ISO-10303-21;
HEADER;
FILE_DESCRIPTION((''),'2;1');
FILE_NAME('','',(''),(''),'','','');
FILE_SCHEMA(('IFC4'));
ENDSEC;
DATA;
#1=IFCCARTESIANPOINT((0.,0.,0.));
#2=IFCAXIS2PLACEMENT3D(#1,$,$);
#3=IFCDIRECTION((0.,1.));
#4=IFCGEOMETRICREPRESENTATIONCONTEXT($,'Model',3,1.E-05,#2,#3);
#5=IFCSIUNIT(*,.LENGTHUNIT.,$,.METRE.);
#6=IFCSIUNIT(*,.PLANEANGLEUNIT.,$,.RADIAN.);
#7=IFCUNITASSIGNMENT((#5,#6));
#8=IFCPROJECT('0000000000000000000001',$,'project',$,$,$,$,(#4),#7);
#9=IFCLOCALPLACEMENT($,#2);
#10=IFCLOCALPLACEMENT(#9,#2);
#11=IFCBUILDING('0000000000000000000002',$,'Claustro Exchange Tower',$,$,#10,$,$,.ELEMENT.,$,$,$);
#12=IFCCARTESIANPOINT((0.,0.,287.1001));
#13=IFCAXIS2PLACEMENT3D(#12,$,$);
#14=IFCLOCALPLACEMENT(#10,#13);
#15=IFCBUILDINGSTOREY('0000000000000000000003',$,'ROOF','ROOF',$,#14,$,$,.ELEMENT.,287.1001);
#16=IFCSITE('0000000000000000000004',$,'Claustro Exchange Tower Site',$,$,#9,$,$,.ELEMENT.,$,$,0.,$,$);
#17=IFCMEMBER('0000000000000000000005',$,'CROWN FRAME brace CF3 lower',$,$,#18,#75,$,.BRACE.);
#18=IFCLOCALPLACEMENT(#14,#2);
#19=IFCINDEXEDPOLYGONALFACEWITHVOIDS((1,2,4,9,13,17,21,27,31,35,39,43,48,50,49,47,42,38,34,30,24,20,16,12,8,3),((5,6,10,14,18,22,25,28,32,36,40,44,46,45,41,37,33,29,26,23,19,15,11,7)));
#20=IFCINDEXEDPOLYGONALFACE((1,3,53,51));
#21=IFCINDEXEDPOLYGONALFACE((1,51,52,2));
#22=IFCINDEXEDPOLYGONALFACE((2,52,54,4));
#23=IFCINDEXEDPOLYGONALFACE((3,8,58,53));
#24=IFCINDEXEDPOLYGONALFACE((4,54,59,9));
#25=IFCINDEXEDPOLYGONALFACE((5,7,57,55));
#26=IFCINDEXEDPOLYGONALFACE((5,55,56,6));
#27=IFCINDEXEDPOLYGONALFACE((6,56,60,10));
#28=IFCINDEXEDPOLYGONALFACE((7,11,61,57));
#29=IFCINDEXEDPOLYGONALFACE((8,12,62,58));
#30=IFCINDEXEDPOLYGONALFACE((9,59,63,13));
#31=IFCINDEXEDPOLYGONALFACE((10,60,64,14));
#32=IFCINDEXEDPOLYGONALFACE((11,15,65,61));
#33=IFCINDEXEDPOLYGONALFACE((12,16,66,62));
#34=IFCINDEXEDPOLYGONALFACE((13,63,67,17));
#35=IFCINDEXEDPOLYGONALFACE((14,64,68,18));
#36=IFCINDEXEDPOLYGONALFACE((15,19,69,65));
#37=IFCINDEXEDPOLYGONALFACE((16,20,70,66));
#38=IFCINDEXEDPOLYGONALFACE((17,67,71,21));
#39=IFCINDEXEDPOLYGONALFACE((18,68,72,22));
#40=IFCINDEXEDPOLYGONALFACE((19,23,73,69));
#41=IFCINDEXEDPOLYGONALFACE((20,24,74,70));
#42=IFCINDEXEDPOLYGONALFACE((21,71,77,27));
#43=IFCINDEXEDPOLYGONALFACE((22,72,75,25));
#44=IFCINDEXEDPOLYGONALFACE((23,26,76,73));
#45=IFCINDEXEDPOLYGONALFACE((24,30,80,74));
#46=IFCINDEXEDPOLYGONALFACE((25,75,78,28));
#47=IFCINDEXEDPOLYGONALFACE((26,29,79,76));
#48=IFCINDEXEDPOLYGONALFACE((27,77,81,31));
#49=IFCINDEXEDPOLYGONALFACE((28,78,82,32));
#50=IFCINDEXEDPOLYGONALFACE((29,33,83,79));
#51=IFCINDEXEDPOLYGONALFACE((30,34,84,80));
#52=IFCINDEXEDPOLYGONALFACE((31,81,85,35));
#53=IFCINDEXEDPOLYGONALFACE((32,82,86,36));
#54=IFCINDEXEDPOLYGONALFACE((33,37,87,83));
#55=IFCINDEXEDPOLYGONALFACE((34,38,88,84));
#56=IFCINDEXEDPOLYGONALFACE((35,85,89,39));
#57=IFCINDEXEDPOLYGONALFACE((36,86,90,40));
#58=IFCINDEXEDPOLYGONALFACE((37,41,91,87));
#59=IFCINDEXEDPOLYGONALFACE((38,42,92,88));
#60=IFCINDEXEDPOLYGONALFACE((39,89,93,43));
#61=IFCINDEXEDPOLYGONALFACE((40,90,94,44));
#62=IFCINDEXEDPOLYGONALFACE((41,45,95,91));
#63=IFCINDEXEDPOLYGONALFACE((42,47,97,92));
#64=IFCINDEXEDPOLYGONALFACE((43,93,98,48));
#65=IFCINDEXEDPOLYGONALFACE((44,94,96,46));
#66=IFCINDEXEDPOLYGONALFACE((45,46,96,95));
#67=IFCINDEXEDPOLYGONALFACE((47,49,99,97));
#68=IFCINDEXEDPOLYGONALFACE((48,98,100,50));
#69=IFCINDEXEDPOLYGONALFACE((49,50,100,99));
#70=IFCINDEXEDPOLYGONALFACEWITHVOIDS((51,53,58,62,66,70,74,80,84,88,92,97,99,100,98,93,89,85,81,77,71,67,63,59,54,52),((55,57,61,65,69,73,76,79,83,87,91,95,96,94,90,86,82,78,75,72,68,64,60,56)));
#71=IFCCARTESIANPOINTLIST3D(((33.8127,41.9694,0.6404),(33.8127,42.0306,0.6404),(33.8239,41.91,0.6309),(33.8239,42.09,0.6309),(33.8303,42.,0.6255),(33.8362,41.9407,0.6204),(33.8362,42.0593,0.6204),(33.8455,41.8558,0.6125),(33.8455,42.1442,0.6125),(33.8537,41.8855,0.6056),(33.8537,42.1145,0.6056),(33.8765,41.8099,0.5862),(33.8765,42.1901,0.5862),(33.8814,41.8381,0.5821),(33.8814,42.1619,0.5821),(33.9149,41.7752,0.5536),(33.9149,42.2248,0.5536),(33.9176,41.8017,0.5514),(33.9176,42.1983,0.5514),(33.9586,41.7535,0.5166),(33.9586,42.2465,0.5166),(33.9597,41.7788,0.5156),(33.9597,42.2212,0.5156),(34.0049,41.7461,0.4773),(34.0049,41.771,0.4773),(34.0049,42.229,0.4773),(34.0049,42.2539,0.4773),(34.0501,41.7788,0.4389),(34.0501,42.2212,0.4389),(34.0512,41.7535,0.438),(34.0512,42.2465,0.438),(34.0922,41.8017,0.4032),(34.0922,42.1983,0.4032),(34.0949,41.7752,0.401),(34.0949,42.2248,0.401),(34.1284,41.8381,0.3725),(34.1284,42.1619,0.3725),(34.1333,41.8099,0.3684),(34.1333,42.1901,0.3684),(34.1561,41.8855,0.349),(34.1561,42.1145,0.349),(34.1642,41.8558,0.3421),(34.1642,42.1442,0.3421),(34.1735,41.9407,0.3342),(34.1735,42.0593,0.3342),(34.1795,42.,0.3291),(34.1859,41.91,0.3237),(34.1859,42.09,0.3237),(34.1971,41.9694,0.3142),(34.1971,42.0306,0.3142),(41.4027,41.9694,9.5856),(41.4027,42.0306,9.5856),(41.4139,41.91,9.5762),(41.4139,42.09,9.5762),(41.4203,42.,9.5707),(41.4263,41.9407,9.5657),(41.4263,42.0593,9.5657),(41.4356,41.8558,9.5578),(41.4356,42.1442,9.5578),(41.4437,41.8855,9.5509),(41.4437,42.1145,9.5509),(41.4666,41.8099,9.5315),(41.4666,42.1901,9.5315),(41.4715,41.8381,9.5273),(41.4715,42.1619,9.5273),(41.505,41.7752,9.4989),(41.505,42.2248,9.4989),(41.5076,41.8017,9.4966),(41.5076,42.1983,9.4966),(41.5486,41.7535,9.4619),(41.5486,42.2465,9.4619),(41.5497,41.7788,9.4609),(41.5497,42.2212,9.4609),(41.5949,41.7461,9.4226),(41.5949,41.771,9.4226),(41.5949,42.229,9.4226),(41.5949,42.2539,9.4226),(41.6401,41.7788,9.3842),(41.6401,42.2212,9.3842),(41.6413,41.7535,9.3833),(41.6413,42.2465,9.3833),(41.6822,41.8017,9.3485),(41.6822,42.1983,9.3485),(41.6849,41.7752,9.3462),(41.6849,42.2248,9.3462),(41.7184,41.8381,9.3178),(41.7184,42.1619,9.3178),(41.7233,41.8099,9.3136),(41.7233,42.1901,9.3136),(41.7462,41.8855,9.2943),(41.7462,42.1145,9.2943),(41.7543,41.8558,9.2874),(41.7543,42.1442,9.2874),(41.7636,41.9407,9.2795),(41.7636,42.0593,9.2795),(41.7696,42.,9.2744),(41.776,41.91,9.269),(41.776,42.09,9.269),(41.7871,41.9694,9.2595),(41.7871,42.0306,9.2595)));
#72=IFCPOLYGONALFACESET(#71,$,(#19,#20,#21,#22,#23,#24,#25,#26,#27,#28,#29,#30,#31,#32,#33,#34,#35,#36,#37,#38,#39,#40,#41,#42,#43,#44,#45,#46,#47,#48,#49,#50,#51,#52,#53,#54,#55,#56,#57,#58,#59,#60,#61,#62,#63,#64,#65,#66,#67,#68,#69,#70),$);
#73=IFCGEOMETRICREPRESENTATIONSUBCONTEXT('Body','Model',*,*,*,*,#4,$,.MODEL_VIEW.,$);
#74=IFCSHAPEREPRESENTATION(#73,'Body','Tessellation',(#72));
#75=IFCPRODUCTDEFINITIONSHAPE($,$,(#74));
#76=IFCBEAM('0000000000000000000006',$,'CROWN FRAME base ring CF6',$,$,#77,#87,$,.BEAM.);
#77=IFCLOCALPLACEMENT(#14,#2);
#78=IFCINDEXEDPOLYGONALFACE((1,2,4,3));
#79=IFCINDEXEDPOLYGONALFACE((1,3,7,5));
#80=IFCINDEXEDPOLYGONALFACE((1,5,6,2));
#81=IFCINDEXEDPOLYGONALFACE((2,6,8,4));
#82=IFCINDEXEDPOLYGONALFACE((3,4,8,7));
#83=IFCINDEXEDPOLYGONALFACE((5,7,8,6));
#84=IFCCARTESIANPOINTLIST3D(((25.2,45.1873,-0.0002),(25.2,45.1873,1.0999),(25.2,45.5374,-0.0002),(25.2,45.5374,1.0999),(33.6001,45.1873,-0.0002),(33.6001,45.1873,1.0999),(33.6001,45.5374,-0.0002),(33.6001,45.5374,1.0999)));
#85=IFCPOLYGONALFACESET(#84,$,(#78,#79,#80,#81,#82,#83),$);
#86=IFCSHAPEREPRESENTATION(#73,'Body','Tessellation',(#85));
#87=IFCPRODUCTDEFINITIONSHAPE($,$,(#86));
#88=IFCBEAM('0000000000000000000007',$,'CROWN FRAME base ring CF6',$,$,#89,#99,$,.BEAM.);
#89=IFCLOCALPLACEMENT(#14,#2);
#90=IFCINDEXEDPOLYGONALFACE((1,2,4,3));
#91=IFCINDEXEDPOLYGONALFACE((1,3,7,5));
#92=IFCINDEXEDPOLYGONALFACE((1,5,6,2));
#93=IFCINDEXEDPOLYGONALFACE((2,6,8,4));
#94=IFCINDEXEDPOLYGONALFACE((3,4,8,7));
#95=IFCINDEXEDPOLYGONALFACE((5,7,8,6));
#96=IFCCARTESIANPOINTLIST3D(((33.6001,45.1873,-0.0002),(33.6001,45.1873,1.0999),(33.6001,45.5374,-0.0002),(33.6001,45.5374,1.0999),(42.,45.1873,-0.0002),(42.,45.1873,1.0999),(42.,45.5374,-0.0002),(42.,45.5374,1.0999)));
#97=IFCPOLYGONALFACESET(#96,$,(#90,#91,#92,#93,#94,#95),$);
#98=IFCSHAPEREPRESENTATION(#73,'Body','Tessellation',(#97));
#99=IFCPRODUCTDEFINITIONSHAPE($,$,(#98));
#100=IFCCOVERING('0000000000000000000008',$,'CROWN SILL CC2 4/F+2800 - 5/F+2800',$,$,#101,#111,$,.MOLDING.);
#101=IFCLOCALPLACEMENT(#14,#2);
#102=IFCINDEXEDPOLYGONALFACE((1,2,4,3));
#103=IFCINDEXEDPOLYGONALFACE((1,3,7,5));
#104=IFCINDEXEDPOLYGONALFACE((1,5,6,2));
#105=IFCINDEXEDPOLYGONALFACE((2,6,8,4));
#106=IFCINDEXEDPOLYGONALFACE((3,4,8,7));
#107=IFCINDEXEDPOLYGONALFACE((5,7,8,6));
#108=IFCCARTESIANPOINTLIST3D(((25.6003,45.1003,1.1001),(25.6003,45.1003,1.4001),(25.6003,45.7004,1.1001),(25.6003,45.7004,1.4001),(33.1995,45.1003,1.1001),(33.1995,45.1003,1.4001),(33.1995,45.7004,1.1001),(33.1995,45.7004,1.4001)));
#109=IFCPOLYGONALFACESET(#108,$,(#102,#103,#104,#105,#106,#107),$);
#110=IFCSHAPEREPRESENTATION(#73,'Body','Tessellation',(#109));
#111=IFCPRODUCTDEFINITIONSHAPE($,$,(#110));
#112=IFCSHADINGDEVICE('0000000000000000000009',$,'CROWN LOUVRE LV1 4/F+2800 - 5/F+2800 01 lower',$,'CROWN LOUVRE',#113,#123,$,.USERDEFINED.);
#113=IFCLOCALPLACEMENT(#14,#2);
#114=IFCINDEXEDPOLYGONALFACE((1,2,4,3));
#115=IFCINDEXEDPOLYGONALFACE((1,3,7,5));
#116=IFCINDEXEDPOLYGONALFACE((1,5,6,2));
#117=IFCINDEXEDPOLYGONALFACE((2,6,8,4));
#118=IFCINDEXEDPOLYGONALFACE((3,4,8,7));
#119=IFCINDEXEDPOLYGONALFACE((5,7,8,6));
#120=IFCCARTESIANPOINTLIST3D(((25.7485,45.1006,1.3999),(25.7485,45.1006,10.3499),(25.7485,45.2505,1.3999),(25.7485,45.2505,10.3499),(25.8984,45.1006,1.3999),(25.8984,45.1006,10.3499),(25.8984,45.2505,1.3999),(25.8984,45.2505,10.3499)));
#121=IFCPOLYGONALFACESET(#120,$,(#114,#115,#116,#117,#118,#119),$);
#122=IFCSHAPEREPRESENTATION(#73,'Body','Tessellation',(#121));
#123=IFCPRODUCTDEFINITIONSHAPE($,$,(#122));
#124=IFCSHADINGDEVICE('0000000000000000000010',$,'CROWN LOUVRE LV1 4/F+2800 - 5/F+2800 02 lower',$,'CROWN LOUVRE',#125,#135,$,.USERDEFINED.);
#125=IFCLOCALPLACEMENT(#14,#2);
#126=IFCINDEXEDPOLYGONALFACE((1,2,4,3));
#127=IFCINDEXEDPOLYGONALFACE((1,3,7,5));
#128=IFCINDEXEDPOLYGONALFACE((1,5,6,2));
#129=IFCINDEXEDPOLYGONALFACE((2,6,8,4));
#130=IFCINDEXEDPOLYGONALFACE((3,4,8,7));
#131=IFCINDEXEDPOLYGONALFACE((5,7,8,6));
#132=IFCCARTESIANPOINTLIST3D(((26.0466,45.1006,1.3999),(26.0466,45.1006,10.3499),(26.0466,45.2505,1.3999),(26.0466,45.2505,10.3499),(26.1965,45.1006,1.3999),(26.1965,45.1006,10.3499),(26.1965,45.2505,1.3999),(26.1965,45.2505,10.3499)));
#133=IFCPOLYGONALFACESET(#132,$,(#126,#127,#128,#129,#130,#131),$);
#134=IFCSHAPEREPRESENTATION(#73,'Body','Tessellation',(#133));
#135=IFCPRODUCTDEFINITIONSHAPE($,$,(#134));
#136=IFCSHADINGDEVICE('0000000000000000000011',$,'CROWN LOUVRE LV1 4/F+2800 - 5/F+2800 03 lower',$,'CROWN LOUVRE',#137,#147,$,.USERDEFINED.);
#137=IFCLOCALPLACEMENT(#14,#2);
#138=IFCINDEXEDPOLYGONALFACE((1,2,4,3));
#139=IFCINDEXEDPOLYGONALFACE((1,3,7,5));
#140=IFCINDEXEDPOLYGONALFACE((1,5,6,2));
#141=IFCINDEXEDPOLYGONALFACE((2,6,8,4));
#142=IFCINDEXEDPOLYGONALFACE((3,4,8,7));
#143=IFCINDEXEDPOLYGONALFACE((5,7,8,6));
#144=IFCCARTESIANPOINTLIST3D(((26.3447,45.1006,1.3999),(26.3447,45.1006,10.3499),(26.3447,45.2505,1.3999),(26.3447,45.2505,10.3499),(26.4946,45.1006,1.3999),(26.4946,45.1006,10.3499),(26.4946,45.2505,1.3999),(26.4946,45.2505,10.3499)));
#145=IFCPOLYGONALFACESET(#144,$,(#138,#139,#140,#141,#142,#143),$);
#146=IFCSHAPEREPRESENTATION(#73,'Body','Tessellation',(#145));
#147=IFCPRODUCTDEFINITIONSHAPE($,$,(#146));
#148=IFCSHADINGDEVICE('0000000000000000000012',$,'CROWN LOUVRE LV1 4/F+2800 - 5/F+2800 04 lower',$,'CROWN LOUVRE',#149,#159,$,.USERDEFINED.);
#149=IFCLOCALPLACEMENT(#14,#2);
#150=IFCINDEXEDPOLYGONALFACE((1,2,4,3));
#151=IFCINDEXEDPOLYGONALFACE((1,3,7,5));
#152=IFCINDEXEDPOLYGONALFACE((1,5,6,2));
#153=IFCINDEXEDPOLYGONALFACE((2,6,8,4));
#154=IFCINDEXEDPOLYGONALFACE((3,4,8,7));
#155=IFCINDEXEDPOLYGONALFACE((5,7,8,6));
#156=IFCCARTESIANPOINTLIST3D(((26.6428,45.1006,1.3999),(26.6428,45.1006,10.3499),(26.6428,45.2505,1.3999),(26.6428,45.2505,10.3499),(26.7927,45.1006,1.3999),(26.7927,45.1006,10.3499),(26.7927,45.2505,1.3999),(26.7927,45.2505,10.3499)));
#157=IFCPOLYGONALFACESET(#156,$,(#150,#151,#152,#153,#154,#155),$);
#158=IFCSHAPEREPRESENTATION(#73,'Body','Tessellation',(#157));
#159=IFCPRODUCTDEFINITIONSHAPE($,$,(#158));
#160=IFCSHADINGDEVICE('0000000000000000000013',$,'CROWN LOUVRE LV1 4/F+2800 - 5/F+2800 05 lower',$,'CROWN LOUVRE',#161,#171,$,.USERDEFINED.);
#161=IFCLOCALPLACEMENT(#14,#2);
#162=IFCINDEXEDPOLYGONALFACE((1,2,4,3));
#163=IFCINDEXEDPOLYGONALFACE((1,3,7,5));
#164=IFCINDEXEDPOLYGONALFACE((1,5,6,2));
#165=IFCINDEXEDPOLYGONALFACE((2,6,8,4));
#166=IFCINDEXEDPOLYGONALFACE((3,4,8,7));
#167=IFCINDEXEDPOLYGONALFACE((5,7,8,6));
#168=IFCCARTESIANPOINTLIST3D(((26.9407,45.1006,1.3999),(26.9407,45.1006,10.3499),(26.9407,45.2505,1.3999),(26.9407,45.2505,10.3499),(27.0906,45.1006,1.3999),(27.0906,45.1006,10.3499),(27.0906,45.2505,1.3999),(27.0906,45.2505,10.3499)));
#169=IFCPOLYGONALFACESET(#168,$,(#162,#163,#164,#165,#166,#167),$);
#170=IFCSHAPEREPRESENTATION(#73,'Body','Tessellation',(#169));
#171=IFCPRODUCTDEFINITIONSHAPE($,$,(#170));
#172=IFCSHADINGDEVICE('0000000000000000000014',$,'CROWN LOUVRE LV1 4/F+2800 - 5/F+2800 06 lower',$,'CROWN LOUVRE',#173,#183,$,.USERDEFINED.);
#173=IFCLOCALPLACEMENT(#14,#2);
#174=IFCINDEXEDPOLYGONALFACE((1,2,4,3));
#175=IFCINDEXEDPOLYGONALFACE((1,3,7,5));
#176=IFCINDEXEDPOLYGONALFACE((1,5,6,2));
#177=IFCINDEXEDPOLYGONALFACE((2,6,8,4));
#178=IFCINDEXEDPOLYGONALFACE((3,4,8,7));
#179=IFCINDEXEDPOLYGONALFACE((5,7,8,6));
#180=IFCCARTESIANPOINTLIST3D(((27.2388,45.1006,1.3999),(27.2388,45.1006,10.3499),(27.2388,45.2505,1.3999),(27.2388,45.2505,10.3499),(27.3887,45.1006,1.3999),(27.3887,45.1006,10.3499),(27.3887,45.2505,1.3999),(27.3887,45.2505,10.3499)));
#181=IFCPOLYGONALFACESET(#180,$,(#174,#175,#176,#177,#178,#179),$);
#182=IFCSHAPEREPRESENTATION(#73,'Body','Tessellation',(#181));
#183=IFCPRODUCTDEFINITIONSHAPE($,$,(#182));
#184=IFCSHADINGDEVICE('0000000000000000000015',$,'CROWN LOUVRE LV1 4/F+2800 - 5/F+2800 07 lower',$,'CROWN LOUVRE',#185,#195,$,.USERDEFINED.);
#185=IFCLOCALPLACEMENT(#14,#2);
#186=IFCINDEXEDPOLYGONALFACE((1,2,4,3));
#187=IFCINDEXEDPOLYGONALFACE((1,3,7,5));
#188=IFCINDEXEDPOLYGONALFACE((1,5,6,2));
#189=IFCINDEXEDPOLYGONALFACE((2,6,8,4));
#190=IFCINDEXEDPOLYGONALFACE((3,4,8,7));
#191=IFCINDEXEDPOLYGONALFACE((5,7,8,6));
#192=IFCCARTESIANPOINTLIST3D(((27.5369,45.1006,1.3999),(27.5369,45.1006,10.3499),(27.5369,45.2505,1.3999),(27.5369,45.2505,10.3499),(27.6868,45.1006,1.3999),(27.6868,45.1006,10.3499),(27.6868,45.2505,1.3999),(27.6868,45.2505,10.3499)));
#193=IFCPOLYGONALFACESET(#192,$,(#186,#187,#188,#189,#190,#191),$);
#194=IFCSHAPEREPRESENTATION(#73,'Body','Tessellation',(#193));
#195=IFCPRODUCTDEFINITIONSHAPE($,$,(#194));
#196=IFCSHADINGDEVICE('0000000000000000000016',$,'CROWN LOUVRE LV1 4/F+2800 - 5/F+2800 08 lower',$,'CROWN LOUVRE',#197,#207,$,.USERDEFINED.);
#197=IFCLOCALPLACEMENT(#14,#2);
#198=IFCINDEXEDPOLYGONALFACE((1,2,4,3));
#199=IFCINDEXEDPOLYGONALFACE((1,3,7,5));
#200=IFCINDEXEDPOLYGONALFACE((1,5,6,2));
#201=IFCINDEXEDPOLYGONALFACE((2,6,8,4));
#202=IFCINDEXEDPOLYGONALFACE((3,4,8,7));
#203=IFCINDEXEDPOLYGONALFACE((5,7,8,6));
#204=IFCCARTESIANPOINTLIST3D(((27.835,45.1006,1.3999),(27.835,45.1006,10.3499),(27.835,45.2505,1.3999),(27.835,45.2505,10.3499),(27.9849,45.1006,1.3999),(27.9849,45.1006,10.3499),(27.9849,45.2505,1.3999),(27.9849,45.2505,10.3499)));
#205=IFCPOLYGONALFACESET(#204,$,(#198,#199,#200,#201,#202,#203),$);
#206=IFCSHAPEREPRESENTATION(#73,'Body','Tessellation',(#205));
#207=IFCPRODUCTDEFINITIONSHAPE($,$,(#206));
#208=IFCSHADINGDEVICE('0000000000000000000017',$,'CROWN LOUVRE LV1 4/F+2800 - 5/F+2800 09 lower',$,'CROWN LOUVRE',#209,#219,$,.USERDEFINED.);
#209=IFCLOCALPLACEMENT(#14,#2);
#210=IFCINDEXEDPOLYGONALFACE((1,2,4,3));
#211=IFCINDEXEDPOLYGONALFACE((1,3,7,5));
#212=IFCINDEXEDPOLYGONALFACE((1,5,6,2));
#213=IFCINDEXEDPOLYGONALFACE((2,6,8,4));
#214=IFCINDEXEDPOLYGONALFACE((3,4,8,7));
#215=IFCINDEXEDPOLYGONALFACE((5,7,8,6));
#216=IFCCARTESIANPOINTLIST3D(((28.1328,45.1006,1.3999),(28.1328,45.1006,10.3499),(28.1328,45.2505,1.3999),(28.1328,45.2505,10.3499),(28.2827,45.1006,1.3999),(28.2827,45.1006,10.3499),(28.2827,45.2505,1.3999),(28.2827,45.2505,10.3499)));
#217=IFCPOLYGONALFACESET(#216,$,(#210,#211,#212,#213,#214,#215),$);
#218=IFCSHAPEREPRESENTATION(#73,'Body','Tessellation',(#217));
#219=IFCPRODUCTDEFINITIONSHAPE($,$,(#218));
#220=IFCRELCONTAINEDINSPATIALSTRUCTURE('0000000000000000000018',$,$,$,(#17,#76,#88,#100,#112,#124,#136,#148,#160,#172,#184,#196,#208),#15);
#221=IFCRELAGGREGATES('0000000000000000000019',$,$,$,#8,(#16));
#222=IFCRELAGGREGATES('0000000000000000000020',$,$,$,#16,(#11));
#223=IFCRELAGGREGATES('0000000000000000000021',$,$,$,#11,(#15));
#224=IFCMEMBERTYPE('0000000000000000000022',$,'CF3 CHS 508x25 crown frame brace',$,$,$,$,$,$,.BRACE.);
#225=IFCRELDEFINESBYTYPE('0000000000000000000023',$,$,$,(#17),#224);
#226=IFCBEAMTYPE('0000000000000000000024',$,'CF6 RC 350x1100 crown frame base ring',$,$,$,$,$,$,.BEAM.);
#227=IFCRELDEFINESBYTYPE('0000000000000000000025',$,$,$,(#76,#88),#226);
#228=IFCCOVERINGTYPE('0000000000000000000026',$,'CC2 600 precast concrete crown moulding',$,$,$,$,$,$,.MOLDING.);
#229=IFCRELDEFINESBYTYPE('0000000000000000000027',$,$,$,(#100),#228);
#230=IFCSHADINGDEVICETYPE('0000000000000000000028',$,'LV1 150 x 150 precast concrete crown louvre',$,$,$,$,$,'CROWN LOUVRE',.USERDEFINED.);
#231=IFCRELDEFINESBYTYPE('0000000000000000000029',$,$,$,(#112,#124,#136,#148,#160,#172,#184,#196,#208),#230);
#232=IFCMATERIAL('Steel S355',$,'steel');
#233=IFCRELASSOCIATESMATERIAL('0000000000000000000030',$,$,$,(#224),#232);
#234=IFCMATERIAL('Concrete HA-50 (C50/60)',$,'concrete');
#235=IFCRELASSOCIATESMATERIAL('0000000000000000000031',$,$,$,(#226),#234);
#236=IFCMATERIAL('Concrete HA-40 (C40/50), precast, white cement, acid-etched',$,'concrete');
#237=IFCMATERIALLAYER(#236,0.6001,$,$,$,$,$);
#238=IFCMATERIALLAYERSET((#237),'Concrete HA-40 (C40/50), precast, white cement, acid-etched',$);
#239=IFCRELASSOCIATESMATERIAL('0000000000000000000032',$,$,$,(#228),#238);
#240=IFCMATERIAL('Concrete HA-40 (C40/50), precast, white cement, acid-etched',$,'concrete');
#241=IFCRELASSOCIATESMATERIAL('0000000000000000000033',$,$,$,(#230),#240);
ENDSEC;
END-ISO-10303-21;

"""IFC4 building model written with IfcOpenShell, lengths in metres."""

from ifc_helpers import new_model, si_unit, direction, frame, origin, origin_2d, place, context, subcontext, project, spatial, rectangle, hollow_circle, extrude, material, layer, layer_set, material_profile, profile_set, type_object, element, save


model = new_model("IFC4")

# Units and contexts
model_context = context("Model", 3, precision=1e-05, world=origin(), true_north=direction((0.0, 1.0)))
body_context = subcontext(model_context, "Body", "Model", "MODEL_VIEW")
ifc_project = project(units=[si_unit("LENGTHUNIT", "METRE"), si_unit("PLANEANGLEUNIT", "RADIAN")], contexts=[model_context])

# Site, building, storey
site_placement = place(None, origin())
site = spatial("IfcSite", under=ifc_project, at=site_placement, Name="Claustro Exchange Tower Site", CompositionType="ELEMENT", RefElevation=0.0)
building_placement = place(site_placement, origin())
building = spatial("IfcBuilding", under=site, at=building_placement, Name="Claustro Exchange Tower", CompositionType="ELEMENT")
storey_placement = place(building_placement, frame((0.0, 0.0, 287.1001)))
storey = spatial("IfcBuildingStorey", under=building, at=storey_placement, Name="ROOF", Description="ROOF", CompositionType="ELEMENT", Elevation=287.1001)

# Member
ifc_material_1 = material(Name="Steel S355", Category="steel")
ifc_material_profile_1 = material_profile(ifc_material_1, hollow_circle(Radius=0.2539, WallThickness=0.0249, at=origin_2d()), Name="CHS 508x25")
ifc_profile_set_1 = profile_set([ifc_material_profile_1], Name="Steel S355")
member_type = type_object("IfcMemberType", Name="CF3 CHS 508x25 crown frame brace", PredefinedType="BRACE", material=ifc_profile_set_1)
for number, where, z_axis, x_axis, name in (
    (1, (34.0049, 42.0, 0.4773), (0.646984, 0.0, 0.762504), (0.0, 1.0, 0.0), "CROWN FRAME brace CF3 lower"),
):
    element("IfcMember", number, at=place(storey_placement, frame(where, z_axis=z_axis, x_axis=x_axis)), inside=storey, type_object=member_type, Name=name, PredefinedType="BRACE", context=body_context, shape_type="SweptSolid", body=[
        extrude(hollow_circle(Radius=0.2539, WallThickness=0.0249, at=origin_2d()), origin(), (0.0, 0.0, 1.0), 11.7314),
    ])

# Beams
ifc_material_2 = material(Name="Concrete HA-50 (C50/60)", Category="concrete")
ifc_material_profile_2 = material_profile(ifc_material_2, rectangle(XDim=0.3501, YDim=1.1001, at=origin_2d()), Name="RC 350x1100")
ifc_profile_set_2 = profile_set([ifc_material_profile_2], Name="Concrete HA-50 (C50/60)")
beam_type = type_object("IfcBeamType", Name="CF6 RC 350x1100 crown frame base ring", PredefinedType="BEAM", material=ifc_profile_set_2)
beam_1_placement = place(storey_placement, frame((25.2, 45.3623, 0.5498), z_axis=(1.0, 0.0, 0.0), x_axis=(0.0, 1.0, 0.0)))
element("IfcBeam", 2, at=beam_1_placement, inside=storey, type_object=beam_type, Name="CROWN FRAME base ring CF6", PredefinedType="BEAM", context=body_context, shape_type="SweptSolid", body=[
    extrude(rectangle(XDim=0.3501, YDim=1.1001, at=origin_2d()), origin(), (0.0, 0.0, 1.0), 8.4001),
])
beam_2_placement = place(storey_placement, frame((33.6001, 45.3623, 0.5498), z_axis=(1.0, 0.0, 0.0), x_axis=(0.0, 1.0, 0.0)))
element("IfcBeam", 3, at=beam_2_placement, inside=storey, type_object=beam_type, Name="CROWN FRAME base ring CF6", PredefinedType="BEAM", context=body_context, shape_type="SweptSolid", body=[
    extrude(rectangle(XDim=0.3501, YDim=1.1001, at=origin_2d()), origin(), (0.0, 0.0, 1.0), 8.3999),
])

# Covering
ifc_material_3 = material(Name="Concrete HA-40 (C40/50), precast, white cement, acid-etched", Category="concrete")
ifc_layer_1 = layer(ifc_material_3, 0.6001)
ifc_layer_set_1 = layer_set([ifc_layer_1], Name="Concrete HA-40 (C40/50), precast, white cement, acid-etched")
covering_type = type_object("IfcCoveringType", Name="CC2 600 precast concrete crown moulding", PredefinedType="MOLDING", material=ifc_layer_set_1)
covering_placement = place(storey_placement, frame((29.3999, 45.4004, 1.1001), z_axis=(0.0, 0.0, 1.0), x_axis=(1.0, 0.0, 0.0)))
element("IfcCovering", 4, at=covering_placement, inside=storey, type_object=covering_type, Name="CROWN SILL CC2 4/F+2800 - 5/F+2800", PredefinedType="MOLDING", context=body_context, shape_type="SweptSolid", body=[
    extrude(rectangle(XDim=7.5991, YDim=0.6001, at=origin_2d()), origin(), (0.0, 0.0, 1.0), 0.3),
])

# Shading devices
ifc_material_4 = material(Name="Concrete HA-40 (C40/50), precast, white cement, acid-etched", Category="concrete")
shading_device_type = type_object("IfcShadingDeviceType", Name="LV1 150 x 150 precast concrete crown louvre", ElementType="CROWN LOUVRE", PredefinedType="USERDEFINED", material=ifc_material_4)
for number, where, z_axis, x_axis, name in (
    (5, (25.8235, 45.1755, 1.3999), (0.0, 0.0, 1.0), (1.0, 0.0, 0.0), "CROWN LOUVRE LV1 4/F+2800 - 5/F+2800 01 lower"),
    (6, (26.1216, 45.1755, 1.3999), (0.0, 0.0, 1.0), (1.0, 0.0, 0.0), "CROWN LOUVRE LV1 4/F+2800 - 5/F+2800 02 lower"),
    (7, (26.4197, 45.1755, 1.3999), (0.0, 0.0, 1.0), (1.0, 0.0, 0.0), "CROWN LOUVRE LV1 4/F+2800 - 5/F+2800 03 lower"),
    (8, (26.7178, 45.1755, 1.3999), (0.0, 0.0, 1.0), (1.0, 0.0, 0.0), "CROWN LOUVRE LV1 4/F+2800 - 5/F+2800 04 lower"),
    (9, (27.0156, 45.1755, 1.3999), (0.0, 0.0, 1.0), (1.0, 0.0, 0.0), "CROWN LOUVRE LV1 4/F+2800 - 5/F+2800 05 lower"),
    (10, (27.3137, 45.1755, 1.3999), (0.0, 0.0, 1.0), (1.0, 0.0, 0.0), "CROWN LOUVRE LV1 4/F+2800 - 5/F+2800 06 lower"),
    (11, (27.6118, 45.1755, 1.3999), (0.0, 0.0, 1.0), (1.0, 0.0, 0.0), "CROWN LOUVRE LV1 4/F+2800 - 5/F+2800 07 lower"),
    (12, (27.9099, 45.1755, 1.3999), (0.0, 0.0, 1.0), (1.0, 0.0, 0.0), "CROWN LOUVRE LV1 4/F+2800 - 5/F+2800 08 lower"),
    (13, (28.2078, 45.1755, 1.3999), (0.0, 0.0, 1.0), (1.0, 0.0, 0.0), "CROWN LOUVRE LV1 4/F+2800 - 5/F+2800 09 lower"),
):
    element("IfcShadingDevice", number, at=place(storey_placement, frame(where, z_axis=z_axis, x_axis=x_axis)), inside=storey, type_object=shading_device_type, Name=name, ObjectType="CROWN LOUVRE", PredefinedType="USERDEFINED", context=body_context, shape_type="SweptSolid", body=[
        extrude(rectangle(XDim=0.1499, YDim=0.1499, at=origin_2d()), origin(), (0.0, 0.0, 1.0), 8.95),
    ])

save(model, "model.ifc")
